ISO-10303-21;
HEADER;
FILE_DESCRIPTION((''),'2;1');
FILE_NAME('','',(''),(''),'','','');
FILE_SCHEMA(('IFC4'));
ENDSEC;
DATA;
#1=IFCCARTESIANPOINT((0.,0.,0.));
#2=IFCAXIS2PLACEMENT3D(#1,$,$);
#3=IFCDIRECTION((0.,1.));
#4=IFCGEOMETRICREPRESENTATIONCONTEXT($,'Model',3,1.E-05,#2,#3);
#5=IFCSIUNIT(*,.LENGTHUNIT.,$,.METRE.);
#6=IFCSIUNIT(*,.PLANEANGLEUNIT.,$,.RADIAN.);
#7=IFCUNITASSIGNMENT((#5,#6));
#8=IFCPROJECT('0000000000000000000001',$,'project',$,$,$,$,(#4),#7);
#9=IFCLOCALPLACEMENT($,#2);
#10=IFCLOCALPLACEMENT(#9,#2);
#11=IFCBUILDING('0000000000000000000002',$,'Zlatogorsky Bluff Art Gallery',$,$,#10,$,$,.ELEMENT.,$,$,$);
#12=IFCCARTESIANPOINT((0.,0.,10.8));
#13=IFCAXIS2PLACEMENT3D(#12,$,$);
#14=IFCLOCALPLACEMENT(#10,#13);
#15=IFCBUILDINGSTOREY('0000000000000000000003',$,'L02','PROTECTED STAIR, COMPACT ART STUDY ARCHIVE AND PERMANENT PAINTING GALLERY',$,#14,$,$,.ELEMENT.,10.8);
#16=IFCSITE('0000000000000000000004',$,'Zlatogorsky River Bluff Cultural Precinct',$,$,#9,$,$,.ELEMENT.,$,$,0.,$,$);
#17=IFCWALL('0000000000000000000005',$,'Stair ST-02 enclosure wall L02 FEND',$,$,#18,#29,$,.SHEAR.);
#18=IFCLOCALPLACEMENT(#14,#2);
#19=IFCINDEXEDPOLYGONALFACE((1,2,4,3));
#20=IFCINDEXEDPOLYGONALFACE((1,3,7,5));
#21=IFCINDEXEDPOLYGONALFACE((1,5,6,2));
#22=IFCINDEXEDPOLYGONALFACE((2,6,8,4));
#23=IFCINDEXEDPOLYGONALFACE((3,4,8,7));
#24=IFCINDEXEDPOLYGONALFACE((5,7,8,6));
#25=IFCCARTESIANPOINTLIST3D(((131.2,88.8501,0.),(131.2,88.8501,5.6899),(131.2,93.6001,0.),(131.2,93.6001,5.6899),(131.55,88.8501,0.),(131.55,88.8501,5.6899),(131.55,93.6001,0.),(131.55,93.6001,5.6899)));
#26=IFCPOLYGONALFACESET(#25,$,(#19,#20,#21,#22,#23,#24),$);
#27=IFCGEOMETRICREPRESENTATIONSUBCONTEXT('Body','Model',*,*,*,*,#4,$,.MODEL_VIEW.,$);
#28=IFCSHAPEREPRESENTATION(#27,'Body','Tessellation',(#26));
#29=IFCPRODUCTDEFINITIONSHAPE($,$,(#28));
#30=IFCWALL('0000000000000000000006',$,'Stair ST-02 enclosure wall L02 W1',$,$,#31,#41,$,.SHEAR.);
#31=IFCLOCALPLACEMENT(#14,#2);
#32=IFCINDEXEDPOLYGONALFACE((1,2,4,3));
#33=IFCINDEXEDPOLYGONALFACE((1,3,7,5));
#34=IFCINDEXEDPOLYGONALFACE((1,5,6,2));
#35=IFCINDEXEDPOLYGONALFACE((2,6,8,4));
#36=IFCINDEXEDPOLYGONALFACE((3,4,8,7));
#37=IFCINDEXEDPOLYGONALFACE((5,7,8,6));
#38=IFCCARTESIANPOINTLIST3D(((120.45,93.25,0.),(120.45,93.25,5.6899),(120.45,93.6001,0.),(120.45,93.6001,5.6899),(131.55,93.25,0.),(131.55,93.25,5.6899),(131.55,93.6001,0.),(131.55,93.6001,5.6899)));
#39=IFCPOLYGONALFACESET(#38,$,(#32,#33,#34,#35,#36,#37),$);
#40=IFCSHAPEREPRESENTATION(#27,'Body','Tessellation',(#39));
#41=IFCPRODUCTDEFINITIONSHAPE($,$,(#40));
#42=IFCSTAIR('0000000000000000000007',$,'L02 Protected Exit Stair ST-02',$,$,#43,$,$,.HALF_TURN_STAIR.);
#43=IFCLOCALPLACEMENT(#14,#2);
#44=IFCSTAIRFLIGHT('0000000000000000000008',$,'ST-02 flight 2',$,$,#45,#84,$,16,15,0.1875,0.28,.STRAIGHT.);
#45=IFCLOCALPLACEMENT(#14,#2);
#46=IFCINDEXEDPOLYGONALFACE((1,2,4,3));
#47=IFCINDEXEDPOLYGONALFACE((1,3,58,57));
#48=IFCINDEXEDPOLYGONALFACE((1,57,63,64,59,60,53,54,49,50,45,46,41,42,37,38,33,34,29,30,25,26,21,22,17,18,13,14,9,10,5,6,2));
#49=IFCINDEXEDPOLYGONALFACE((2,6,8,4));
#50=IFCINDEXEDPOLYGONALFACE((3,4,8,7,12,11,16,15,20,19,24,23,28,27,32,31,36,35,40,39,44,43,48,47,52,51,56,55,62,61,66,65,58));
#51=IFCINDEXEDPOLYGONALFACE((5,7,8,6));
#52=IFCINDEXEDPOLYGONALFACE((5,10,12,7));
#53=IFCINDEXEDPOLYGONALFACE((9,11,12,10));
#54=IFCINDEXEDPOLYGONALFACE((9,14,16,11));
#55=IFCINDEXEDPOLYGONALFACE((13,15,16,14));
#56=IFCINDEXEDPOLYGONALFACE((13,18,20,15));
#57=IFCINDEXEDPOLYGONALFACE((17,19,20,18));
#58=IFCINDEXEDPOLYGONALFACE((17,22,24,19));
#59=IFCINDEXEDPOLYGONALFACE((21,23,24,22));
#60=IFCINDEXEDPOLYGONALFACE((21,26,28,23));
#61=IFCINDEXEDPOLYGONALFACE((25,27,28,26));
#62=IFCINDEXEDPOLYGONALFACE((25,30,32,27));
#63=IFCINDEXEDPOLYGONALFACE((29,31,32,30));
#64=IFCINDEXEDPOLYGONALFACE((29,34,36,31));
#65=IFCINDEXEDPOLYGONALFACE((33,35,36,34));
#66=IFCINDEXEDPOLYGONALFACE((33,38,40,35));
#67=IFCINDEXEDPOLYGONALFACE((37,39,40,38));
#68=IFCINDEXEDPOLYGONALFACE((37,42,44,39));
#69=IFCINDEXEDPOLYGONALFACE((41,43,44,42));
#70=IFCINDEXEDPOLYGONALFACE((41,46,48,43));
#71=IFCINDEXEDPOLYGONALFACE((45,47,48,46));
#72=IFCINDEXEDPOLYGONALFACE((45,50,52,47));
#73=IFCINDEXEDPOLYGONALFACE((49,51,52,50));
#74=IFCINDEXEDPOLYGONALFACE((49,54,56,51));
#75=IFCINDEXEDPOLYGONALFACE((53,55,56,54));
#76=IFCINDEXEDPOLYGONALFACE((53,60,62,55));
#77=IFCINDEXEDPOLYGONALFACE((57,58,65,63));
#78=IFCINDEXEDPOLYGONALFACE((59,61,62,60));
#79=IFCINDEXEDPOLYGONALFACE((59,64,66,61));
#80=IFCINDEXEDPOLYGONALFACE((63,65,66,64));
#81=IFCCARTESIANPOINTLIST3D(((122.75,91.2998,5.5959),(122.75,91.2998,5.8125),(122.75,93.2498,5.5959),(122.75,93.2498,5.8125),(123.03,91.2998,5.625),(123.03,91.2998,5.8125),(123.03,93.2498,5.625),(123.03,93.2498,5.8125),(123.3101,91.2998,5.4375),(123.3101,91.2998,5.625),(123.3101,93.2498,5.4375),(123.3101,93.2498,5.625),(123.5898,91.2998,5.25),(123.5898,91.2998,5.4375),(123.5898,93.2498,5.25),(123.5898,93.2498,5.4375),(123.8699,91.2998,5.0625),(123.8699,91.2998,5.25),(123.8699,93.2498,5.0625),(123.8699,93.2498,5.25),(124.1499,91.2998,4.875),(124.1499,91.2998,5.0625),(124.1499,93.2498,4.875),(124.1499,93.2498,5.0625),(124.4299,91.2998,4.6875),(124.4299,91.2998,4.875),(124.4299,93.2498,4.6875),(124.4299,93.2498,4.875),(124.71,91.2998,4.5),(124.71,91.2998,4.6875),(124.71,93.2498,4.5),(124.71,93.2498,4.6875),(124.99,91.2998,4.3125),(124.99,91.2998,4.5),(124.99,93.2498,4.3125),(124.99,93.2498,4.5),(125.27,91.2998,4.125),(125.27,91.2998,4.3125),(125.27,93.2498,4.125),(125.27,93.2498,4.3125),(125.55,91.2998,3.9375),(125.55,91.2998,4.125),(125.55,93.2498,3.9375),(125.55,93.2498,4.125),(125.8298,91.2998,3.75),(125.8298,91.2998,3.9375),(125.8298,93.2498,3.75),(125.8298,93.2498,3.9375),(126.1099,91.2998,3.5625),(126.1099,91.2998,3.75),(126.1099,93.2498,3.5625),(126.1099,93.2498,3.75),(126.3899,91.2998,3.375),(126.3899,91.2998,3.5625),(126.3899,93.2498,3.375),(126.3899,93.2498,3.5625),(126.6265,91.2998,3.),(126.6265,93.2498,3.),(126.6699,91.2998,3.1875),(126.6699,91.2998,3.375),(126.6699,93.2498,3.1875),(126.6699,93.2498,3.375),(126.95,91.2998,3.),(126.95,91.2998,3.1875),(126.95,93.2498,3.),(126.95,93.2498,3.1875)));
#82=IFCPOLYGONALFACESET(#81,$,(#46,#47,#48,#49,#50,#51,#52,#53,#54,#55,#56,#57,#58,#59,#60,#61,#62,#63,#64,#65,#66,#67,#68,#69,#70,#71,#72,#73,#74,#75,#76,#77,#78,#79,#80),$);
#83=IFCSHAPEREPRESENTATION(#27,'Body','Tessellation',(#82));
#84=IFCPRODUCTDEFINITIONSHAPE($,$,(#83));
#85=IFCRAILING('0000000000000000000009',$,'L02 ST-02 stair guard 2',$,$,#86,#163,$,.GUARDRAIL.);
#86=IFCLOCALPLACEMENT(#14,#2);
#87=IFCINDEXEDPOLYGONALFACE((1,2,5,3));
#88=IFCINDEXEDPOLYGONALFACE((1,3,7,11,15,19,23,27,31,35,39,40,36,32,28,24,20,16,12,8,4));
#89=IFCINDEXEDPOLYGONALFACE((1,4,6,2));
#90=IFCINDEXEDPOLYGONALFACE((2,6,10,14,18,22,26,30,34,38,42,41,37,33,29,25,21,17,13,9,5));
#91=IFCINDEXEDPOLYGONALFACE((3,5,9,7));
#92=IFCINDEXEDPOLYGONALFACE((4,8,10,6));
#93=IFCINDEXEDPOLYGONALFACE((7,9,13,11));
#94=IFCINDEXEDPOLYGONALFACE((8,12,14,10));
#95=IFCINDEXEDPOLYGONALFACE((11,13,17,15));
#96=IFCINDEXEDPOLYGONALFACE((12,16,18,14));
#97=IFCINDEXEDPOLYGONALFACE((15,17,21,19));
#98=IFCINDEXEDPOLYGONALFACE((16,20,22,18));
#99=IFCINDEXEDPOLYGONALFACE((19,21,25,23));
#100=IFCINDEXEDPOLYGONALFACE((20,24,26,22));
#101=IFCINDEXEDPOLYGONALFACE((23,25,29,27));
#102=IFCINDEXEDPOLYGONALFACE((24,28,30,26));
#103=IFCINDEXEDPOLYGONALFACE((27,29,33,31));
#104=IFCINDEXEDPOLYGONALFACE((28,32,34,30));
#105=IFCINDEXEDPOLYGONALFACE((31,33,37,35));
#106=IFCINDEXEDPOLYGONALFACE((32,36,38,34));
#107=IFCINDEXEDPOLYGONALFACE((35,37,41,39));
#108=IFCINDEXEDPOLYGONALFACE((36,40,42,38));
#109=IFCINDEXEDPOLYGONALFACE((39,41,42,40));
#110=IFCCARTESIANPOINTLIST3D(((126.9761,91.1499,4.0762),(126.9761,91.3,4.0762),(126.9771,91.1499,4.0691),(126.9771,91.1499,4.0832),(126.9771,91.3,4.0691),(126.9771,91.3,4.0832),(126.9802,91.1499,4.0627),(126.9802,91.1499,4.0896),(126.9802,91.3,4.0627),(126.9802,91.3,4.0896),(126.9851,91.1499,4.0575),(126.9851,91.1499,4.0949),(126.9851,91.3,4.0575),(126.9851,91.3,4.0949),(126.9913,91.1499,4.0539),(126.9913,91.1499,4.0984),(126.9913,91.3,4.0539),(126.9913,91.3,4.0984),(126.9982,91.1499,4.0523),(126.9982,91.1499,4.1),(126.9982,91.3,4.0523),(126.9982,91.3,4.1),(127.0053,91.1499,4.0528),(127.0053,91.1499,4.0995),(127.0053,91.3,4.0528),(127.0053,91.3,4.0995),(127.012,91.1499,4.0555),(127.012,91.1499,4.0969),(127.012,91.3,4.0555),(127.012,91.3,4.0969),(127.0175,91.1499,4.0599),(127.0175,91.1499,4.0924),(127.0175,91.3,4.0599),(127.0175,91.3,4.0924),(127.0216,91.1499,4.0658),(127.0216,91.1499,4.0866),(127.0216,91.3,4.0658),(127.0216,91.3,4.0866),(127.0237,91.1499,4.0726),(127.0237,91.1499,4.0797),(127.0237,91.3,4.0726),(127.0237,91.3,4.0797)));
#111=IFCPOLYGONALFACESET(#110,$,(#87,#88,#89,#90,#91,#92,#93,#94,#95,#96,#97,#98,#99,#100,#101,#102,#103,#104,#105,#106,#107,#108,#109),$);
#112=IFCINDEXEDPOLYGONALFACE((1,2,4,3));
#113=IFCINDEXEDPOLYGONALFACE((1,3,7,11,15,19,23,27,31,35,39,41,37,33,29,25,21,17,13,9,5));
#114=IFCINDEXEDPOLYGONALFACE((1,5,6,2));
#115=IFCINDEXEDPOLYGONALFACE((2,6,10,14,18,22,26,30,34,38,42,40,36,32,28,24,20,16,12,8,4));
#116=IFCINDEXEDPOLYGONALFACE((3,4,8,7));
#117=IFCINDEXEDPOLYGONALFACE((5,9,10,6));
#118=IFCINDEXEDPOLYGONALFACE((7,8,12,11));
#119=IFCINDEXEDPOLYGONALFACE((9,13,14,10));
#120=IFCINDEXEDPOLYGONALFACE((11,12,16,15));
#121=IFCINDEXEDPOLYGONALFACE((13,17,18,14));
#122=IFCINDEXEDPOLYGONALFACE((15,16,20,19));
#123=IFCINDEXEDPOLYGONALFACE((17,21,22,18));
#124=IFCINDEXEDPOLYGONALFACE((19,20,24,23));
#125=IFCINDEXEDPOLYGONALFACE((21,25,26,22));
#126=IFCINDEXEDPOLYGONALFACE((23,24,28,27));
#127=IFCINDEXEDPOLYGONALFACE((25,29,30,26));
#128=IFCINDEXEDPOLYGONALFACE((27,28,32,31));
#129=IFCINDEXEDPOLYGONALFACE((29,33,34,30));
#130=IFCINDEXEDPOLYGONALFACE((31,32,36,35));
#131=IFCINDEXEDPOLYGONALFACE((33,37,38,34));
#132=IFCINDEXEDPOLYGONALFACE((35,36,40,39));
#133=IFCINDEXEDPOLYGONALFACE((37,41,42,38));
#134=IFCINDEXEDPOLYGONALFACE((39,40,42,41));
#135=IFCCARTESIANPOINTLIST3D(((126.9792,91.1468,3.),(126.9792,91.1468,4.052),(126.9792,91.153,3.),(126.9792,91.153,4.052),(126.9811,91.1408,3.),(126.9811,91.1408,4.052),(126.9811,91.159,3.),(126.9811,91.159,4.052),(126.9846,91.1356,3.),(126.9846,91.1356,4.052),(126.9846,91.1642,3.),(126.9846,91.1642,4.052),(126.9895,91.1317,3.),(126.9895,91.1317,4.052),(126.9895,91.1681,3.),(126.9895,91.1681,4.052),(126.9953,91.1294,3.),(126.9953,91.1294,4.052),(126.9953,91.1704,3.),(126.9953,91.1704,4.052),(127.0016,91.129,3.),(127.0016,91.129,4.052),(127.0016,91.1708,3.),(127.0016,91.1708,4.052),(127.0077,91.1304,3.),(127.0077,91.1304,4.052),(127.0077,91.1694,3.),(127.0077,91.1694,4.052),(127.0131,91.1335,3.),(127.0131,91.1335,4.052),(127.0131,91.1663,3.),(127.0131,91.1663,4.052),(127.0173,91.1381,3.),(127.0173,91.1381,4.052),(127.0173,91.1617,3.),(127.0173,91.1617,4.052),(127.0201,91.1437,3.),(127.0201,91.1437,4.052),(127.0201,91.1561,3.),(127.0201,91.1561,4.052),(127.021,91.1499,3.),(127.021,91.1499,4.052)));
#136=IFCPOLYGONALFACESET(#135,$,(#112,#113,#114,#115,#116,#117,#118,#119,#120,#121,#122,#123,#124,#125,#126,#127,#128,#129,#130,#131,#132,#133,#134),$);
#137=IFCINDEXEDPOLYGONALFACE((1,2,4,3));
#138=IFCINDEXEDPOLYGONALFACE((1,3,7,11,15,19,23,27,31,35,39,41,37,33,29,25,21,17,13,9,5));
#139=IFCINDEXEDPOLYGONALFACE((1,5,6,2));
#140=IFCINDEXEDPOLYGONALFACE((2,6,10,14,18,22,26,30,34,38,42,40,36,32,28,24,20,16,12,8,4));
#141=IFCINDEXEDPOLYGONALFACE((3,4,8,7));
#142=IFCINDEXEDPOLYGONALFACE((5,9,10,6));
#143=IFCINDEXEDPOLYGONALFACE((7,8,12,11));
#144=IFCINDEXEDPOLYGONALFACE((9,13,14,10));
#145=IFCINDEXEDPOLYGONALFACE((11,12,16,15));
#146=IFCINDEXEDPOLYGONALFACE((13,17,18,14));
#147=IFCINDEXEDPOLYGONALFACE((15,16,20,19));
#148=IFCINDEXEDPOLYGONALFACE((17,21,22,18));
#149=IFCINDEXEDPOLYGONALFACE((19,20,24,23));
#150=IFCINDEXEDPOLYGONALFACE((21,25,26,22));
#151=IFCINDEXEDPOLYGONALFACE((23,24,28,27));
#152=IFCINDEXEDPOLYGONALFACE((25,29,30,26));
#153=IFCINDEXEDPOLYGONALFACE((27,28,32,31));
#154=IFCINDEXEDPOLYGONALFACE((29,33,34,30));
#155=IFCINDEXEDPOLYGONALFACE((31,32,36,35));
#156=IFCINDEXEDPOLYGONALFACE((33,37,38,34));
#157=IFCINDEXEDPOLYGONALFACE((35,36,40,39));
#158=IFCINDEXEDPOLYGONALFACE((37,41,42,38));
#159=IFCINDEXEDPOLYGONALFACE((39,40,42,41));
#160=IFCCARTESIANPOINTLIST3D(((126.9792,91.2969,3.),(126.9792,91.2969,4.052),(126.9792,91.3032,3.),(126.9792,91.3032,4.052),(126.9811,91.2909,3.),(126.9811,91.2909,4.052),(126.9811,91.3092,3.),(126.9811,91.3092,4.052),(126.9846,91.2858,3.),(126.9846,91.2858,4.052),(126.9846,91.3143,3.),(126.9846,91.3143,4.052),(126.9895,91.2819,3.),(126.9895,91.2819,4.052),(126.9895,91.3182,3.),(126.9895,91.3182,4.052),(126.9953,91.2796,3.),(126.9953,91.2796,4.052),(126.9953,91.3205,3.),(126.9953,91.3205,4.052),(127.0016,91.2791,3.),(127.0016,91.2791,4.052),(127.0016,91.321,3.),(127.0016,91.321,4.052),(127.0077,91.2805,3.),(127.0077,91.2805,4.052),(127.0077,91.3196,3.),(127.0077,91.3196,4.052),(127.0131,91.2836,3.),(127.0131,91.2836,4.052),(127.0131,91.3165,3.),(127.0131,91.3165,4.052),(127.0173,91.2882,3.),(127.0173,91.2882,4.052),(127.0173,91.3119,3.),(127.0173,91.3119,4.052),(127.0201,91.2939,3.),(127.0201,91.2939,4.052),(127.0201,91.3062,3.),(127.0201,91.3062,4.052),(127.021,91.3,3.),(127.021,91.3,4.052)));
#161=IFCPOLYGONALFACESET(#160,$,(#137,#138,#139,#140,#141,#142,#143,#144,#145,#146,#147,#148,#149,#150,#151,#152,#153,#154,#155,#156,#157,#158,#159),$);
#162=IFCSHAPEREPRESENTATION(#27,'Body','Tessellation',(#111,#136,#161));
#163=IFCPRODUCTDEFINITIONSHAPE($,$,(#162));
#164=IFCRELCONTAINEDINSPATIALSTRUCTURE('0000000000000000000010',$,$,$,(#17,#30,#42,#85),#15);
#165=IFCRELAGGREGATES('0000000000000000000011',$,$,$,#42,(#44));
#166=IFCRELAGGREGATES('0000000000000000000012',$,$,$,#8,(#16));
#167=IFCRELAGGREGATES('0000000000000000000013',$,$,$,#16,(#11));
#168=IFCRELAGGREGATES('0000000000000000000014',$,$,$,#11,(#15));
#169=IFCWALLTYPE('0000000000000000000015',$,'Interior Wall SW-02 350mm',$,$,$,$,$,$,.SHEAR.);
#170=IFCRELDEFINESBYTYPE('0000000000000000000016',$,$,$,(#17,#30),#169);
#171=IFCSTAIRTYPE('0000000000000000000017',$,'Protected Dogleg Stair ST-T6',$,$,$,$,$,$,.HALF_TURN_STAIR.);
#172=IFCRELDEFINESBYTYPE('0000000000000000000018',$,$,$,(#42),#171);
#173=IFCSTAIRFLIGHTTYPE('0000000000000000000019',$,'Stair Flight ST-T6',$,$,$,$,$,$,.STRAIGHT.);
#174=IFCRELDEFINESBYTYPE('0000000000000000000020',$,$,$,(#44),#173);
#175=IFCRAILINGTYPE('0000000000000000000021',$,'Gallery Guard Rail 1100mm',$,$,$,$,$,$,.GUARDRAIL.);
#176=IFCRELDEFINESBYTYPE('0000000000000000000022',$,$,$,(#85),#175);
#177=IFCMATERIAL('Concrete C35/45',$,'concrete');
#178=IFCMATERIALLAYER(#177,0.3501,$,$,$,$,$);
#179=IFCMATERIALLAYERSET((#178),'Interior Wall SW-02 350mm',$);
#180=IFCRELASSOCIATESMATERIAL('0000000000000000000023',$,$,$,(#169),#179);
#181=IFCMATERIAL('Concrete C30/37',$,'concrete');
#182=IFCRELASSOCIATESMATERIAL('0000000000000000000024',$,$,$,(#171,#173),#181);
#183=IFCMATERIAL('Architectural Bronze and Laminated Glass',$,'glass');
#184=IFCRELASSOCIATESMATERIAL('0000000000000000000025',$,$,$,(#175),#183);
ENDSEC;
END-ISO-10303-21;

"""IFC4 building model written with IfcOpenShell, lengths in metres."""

from ifc_helpers import new_model, si_unit, direction, frame, frame_2d, origin, origin_2d, place, context, subcontext, project, spatial, polyline, rectangle, circle, outline, extrude, material, layer, layer_set, type_object, element, aggregate, save


model = new_model("IFC4")

# Units and contexts
model_context = context("Model", 3, precision=1e-05, world=origin(), true_north=direction((0.0, 1.0)))
body_context = subcontext(model_context, "Body", "Model", "MODEL_VIEW")
ifc_project = project(units=[si_unit("LENGTHUNIT", "METRE"), si_unit("PLANEANGLEUNIT", "RADIAN")], contexts=[model_context])

# Site, building, storey
site_placement = place(None, origin())
site = spatial("IfcSite", under=ifc_project, at=site_placement, Name="Zlatogorsky River Bluff Cultural Precinct", CompositionType="ELEMENT", RefElevation=0.0)
building_placement = place(site_placement, origin())
building = spatial("IfcBuilding", under=site, at=building_placement, Name="Zlatogorsky Bluff Art Gallery", CompositionType="ELEMENT")
storey_placement = place(building_placement, frame((0.0, 0.0, 10.8)))
storey = spatial("IfcBuildingStorey", under=building, at=storey_placement, Name="L02", Description="PROTECTED STAIR, COMPACT ART STUDY ARCHIVE AND PERMANENT PAINTING GALLERY", CompositionType="ELEMENT", Elevation=10.8)

# Shared definitions
ifc_material_1 = material(Name="Concrete C30/37", Category="concrete")
ifc_material_2 = material(Name="Concrete C35/45", Category="concrete")

# Walls
ifc_layer_1 = layer(ifc_material_2, 0.3501)
ifc_layer_set_1 = layer_set([ifc_layer_1], Name="Interior Wall SW-02 350mm")
wall_type_1 = type_object("IfcWallType", Name="Interior Wall SW-02 350mm", PredefinedType="SHEAR", material=ifc_layer_set_1)
wall_1_placement = place(storey_placement, frame((131.375, 88.8501, 0.0), z_axis=(0.0, 0.0, 1.0), x_axis=(0.0, 1.0, 0.0)))
element("IfcWall", 1, at=wall_1_placement, inside=storey, type_object=wall_type_1, Name="Stair ST-02 enclosure wall L02 FEND", PredefinedType="SHEAR", context=body_context, shape_type="SweptSolid", body=[
    extrude(rectangle(XDim=4.75, YDim=0.3501, at=frame_2d((2.375, 0.0))), origin(), (0.0, 0.0, 1.0), 5.6899),
])
wall_2_placement = place(storey_placement, frame((131.55, 93.425, 0.0), z_axis=(0.0, 0.0, 1.0), x_axis=(-1.0, 0.0, 0.0)))
element("IfcWall", 2, at=wall_2_placement, inside=storey, type_object=wall_type_1, Name="Stair ST-02 enclosure wall L02 W1", PredefinedType="SHEAR", context=body_context, shape_type="SweptSolid", body=[
    extrude(rectangle(XDim=11.1001, YDim=0.3501, at=frame_2d((5.55, 0.0))), origin(), (0.0, 0.0, 1.0), 5.6899),
])

# Stair, stair flight
stair_type = type_object("IfcStairType", Name="Protected Dogleg Stair ST-T6", PredefinedType="HALF_TURN_STAIR", material=ifc_material_1)
stair_placement = place(storey_placement, origin())
stair = element("IfcStair", 3, at=stair_placement, inside=storey, type_object=stair_type, Name="L02 Protected Exit Stair ST-02", PredefinedType="HALF_TURN_STAIR")
stair_flight_type = type_object("IfcStairFlightType", Name="Stair Flight ST-T6", PredefinedType="STRAIGHT", material=ifc_material_1)
stair_flight_placement = place(storey_placement, frame((126.95, 92.2749, 3.0), z_axis=(0.0, 0.0, 1.0), x_axis=(-1.0, 0.0, 0.0)))
stair_flight = element("IfcStairFlight", 4, at=stair_flight_placement, type_object=stair_flight_type, Name="ST-02 flight 2", NumberOfRisers=16, NumberOfTreads=15, PredefinedType="STRAIGHT", RiserHeight=0.1875, TreadLength=0.28, context=body_context, shape_type="SweptSolid", body=[
    extrude(outline(polyline([(0.0, 0.0), (0.0, 0.1875), (0.28, 0.1875), (0.28, 0.375), (0.5601, 0.375), (0.5601, 0.5625), (0.8401, 0.5625), (0.8401, 0.75), (1.1201, 0.75), (1.1201, 0.9375), (1.3999, 0.9375), (1.3999, 1.125), (1.6799, 1.125), (1.6799, 1.3125), (1.96, 1.3125), (1.96, 1.5), (2.24, 1.5), (2.24, 1.6875), (2.52, 1.6875), (2.52, 1.875), (2.8, 1.875), (2.8, 2.0625), (3.0801, 2.0625), (3.0801, 2.25), (3.3601, 2.25), (3.3601, 2.4375), (3.6399, 2.4375), (3.6399, 2.625), (3.9199, 2.625), (3.9199, 2.8125), (4.2, 2.8125), (4.2, 3.0), (4.2, 2.5959), (0.3235, 0.0), (0.0, 0.0)])), frame((0.0, 0.9751, 0.0), z_axis=(0.0, -1.0, 0.0), x_axis=(1.0, 0.0, 0.0)), (0.0, 0.0, 1.0), 1.95),
])
aggregate(stair, [stair_flight])

# Railing
ifc_material_3 = material(Name="Architectural Bronze and Laminated Glass", Category="glass")
railing_type_1 = type_object("IfcRailingType", Name="Gallery Guard Rail 1100mm", PredefinedType="GUARDRAIL", material=ifc_material_3)
railing_1_placement = place(storey_placement, frame((127.0, 91.1499, 3.0)))
element("IfcRailing", 5, at=railing_1_placement, inside=storey, type_object=railing_type_1, Name="L02 ST-02 stair guard 2", PredefinedType="GUARDRAIL", context=body_context, shape_type="SweptSolid", body=[
    extrude(circle(Radius=0.0239, at=origin_2d()), frame((0.0, 0.0, 1.0762), z_axis=(0.0, 1.0, 0.0), x_axis=(-1.0, 0.0, 0.0)), (0.0, 0.0, 1.0), 0.1501),
    extrude(circle(Radius=0.021, at=origin_2d()), origin(), (0.0, 0.0, 1.0), 1.052),
    extrude(circle(Radius=0.021, at=origin_2d()), frame((0.0, 0.1501, 0.0)), (0.0, 0.0, 1.0), 1.052),
])

save(model, "model.ifc")
